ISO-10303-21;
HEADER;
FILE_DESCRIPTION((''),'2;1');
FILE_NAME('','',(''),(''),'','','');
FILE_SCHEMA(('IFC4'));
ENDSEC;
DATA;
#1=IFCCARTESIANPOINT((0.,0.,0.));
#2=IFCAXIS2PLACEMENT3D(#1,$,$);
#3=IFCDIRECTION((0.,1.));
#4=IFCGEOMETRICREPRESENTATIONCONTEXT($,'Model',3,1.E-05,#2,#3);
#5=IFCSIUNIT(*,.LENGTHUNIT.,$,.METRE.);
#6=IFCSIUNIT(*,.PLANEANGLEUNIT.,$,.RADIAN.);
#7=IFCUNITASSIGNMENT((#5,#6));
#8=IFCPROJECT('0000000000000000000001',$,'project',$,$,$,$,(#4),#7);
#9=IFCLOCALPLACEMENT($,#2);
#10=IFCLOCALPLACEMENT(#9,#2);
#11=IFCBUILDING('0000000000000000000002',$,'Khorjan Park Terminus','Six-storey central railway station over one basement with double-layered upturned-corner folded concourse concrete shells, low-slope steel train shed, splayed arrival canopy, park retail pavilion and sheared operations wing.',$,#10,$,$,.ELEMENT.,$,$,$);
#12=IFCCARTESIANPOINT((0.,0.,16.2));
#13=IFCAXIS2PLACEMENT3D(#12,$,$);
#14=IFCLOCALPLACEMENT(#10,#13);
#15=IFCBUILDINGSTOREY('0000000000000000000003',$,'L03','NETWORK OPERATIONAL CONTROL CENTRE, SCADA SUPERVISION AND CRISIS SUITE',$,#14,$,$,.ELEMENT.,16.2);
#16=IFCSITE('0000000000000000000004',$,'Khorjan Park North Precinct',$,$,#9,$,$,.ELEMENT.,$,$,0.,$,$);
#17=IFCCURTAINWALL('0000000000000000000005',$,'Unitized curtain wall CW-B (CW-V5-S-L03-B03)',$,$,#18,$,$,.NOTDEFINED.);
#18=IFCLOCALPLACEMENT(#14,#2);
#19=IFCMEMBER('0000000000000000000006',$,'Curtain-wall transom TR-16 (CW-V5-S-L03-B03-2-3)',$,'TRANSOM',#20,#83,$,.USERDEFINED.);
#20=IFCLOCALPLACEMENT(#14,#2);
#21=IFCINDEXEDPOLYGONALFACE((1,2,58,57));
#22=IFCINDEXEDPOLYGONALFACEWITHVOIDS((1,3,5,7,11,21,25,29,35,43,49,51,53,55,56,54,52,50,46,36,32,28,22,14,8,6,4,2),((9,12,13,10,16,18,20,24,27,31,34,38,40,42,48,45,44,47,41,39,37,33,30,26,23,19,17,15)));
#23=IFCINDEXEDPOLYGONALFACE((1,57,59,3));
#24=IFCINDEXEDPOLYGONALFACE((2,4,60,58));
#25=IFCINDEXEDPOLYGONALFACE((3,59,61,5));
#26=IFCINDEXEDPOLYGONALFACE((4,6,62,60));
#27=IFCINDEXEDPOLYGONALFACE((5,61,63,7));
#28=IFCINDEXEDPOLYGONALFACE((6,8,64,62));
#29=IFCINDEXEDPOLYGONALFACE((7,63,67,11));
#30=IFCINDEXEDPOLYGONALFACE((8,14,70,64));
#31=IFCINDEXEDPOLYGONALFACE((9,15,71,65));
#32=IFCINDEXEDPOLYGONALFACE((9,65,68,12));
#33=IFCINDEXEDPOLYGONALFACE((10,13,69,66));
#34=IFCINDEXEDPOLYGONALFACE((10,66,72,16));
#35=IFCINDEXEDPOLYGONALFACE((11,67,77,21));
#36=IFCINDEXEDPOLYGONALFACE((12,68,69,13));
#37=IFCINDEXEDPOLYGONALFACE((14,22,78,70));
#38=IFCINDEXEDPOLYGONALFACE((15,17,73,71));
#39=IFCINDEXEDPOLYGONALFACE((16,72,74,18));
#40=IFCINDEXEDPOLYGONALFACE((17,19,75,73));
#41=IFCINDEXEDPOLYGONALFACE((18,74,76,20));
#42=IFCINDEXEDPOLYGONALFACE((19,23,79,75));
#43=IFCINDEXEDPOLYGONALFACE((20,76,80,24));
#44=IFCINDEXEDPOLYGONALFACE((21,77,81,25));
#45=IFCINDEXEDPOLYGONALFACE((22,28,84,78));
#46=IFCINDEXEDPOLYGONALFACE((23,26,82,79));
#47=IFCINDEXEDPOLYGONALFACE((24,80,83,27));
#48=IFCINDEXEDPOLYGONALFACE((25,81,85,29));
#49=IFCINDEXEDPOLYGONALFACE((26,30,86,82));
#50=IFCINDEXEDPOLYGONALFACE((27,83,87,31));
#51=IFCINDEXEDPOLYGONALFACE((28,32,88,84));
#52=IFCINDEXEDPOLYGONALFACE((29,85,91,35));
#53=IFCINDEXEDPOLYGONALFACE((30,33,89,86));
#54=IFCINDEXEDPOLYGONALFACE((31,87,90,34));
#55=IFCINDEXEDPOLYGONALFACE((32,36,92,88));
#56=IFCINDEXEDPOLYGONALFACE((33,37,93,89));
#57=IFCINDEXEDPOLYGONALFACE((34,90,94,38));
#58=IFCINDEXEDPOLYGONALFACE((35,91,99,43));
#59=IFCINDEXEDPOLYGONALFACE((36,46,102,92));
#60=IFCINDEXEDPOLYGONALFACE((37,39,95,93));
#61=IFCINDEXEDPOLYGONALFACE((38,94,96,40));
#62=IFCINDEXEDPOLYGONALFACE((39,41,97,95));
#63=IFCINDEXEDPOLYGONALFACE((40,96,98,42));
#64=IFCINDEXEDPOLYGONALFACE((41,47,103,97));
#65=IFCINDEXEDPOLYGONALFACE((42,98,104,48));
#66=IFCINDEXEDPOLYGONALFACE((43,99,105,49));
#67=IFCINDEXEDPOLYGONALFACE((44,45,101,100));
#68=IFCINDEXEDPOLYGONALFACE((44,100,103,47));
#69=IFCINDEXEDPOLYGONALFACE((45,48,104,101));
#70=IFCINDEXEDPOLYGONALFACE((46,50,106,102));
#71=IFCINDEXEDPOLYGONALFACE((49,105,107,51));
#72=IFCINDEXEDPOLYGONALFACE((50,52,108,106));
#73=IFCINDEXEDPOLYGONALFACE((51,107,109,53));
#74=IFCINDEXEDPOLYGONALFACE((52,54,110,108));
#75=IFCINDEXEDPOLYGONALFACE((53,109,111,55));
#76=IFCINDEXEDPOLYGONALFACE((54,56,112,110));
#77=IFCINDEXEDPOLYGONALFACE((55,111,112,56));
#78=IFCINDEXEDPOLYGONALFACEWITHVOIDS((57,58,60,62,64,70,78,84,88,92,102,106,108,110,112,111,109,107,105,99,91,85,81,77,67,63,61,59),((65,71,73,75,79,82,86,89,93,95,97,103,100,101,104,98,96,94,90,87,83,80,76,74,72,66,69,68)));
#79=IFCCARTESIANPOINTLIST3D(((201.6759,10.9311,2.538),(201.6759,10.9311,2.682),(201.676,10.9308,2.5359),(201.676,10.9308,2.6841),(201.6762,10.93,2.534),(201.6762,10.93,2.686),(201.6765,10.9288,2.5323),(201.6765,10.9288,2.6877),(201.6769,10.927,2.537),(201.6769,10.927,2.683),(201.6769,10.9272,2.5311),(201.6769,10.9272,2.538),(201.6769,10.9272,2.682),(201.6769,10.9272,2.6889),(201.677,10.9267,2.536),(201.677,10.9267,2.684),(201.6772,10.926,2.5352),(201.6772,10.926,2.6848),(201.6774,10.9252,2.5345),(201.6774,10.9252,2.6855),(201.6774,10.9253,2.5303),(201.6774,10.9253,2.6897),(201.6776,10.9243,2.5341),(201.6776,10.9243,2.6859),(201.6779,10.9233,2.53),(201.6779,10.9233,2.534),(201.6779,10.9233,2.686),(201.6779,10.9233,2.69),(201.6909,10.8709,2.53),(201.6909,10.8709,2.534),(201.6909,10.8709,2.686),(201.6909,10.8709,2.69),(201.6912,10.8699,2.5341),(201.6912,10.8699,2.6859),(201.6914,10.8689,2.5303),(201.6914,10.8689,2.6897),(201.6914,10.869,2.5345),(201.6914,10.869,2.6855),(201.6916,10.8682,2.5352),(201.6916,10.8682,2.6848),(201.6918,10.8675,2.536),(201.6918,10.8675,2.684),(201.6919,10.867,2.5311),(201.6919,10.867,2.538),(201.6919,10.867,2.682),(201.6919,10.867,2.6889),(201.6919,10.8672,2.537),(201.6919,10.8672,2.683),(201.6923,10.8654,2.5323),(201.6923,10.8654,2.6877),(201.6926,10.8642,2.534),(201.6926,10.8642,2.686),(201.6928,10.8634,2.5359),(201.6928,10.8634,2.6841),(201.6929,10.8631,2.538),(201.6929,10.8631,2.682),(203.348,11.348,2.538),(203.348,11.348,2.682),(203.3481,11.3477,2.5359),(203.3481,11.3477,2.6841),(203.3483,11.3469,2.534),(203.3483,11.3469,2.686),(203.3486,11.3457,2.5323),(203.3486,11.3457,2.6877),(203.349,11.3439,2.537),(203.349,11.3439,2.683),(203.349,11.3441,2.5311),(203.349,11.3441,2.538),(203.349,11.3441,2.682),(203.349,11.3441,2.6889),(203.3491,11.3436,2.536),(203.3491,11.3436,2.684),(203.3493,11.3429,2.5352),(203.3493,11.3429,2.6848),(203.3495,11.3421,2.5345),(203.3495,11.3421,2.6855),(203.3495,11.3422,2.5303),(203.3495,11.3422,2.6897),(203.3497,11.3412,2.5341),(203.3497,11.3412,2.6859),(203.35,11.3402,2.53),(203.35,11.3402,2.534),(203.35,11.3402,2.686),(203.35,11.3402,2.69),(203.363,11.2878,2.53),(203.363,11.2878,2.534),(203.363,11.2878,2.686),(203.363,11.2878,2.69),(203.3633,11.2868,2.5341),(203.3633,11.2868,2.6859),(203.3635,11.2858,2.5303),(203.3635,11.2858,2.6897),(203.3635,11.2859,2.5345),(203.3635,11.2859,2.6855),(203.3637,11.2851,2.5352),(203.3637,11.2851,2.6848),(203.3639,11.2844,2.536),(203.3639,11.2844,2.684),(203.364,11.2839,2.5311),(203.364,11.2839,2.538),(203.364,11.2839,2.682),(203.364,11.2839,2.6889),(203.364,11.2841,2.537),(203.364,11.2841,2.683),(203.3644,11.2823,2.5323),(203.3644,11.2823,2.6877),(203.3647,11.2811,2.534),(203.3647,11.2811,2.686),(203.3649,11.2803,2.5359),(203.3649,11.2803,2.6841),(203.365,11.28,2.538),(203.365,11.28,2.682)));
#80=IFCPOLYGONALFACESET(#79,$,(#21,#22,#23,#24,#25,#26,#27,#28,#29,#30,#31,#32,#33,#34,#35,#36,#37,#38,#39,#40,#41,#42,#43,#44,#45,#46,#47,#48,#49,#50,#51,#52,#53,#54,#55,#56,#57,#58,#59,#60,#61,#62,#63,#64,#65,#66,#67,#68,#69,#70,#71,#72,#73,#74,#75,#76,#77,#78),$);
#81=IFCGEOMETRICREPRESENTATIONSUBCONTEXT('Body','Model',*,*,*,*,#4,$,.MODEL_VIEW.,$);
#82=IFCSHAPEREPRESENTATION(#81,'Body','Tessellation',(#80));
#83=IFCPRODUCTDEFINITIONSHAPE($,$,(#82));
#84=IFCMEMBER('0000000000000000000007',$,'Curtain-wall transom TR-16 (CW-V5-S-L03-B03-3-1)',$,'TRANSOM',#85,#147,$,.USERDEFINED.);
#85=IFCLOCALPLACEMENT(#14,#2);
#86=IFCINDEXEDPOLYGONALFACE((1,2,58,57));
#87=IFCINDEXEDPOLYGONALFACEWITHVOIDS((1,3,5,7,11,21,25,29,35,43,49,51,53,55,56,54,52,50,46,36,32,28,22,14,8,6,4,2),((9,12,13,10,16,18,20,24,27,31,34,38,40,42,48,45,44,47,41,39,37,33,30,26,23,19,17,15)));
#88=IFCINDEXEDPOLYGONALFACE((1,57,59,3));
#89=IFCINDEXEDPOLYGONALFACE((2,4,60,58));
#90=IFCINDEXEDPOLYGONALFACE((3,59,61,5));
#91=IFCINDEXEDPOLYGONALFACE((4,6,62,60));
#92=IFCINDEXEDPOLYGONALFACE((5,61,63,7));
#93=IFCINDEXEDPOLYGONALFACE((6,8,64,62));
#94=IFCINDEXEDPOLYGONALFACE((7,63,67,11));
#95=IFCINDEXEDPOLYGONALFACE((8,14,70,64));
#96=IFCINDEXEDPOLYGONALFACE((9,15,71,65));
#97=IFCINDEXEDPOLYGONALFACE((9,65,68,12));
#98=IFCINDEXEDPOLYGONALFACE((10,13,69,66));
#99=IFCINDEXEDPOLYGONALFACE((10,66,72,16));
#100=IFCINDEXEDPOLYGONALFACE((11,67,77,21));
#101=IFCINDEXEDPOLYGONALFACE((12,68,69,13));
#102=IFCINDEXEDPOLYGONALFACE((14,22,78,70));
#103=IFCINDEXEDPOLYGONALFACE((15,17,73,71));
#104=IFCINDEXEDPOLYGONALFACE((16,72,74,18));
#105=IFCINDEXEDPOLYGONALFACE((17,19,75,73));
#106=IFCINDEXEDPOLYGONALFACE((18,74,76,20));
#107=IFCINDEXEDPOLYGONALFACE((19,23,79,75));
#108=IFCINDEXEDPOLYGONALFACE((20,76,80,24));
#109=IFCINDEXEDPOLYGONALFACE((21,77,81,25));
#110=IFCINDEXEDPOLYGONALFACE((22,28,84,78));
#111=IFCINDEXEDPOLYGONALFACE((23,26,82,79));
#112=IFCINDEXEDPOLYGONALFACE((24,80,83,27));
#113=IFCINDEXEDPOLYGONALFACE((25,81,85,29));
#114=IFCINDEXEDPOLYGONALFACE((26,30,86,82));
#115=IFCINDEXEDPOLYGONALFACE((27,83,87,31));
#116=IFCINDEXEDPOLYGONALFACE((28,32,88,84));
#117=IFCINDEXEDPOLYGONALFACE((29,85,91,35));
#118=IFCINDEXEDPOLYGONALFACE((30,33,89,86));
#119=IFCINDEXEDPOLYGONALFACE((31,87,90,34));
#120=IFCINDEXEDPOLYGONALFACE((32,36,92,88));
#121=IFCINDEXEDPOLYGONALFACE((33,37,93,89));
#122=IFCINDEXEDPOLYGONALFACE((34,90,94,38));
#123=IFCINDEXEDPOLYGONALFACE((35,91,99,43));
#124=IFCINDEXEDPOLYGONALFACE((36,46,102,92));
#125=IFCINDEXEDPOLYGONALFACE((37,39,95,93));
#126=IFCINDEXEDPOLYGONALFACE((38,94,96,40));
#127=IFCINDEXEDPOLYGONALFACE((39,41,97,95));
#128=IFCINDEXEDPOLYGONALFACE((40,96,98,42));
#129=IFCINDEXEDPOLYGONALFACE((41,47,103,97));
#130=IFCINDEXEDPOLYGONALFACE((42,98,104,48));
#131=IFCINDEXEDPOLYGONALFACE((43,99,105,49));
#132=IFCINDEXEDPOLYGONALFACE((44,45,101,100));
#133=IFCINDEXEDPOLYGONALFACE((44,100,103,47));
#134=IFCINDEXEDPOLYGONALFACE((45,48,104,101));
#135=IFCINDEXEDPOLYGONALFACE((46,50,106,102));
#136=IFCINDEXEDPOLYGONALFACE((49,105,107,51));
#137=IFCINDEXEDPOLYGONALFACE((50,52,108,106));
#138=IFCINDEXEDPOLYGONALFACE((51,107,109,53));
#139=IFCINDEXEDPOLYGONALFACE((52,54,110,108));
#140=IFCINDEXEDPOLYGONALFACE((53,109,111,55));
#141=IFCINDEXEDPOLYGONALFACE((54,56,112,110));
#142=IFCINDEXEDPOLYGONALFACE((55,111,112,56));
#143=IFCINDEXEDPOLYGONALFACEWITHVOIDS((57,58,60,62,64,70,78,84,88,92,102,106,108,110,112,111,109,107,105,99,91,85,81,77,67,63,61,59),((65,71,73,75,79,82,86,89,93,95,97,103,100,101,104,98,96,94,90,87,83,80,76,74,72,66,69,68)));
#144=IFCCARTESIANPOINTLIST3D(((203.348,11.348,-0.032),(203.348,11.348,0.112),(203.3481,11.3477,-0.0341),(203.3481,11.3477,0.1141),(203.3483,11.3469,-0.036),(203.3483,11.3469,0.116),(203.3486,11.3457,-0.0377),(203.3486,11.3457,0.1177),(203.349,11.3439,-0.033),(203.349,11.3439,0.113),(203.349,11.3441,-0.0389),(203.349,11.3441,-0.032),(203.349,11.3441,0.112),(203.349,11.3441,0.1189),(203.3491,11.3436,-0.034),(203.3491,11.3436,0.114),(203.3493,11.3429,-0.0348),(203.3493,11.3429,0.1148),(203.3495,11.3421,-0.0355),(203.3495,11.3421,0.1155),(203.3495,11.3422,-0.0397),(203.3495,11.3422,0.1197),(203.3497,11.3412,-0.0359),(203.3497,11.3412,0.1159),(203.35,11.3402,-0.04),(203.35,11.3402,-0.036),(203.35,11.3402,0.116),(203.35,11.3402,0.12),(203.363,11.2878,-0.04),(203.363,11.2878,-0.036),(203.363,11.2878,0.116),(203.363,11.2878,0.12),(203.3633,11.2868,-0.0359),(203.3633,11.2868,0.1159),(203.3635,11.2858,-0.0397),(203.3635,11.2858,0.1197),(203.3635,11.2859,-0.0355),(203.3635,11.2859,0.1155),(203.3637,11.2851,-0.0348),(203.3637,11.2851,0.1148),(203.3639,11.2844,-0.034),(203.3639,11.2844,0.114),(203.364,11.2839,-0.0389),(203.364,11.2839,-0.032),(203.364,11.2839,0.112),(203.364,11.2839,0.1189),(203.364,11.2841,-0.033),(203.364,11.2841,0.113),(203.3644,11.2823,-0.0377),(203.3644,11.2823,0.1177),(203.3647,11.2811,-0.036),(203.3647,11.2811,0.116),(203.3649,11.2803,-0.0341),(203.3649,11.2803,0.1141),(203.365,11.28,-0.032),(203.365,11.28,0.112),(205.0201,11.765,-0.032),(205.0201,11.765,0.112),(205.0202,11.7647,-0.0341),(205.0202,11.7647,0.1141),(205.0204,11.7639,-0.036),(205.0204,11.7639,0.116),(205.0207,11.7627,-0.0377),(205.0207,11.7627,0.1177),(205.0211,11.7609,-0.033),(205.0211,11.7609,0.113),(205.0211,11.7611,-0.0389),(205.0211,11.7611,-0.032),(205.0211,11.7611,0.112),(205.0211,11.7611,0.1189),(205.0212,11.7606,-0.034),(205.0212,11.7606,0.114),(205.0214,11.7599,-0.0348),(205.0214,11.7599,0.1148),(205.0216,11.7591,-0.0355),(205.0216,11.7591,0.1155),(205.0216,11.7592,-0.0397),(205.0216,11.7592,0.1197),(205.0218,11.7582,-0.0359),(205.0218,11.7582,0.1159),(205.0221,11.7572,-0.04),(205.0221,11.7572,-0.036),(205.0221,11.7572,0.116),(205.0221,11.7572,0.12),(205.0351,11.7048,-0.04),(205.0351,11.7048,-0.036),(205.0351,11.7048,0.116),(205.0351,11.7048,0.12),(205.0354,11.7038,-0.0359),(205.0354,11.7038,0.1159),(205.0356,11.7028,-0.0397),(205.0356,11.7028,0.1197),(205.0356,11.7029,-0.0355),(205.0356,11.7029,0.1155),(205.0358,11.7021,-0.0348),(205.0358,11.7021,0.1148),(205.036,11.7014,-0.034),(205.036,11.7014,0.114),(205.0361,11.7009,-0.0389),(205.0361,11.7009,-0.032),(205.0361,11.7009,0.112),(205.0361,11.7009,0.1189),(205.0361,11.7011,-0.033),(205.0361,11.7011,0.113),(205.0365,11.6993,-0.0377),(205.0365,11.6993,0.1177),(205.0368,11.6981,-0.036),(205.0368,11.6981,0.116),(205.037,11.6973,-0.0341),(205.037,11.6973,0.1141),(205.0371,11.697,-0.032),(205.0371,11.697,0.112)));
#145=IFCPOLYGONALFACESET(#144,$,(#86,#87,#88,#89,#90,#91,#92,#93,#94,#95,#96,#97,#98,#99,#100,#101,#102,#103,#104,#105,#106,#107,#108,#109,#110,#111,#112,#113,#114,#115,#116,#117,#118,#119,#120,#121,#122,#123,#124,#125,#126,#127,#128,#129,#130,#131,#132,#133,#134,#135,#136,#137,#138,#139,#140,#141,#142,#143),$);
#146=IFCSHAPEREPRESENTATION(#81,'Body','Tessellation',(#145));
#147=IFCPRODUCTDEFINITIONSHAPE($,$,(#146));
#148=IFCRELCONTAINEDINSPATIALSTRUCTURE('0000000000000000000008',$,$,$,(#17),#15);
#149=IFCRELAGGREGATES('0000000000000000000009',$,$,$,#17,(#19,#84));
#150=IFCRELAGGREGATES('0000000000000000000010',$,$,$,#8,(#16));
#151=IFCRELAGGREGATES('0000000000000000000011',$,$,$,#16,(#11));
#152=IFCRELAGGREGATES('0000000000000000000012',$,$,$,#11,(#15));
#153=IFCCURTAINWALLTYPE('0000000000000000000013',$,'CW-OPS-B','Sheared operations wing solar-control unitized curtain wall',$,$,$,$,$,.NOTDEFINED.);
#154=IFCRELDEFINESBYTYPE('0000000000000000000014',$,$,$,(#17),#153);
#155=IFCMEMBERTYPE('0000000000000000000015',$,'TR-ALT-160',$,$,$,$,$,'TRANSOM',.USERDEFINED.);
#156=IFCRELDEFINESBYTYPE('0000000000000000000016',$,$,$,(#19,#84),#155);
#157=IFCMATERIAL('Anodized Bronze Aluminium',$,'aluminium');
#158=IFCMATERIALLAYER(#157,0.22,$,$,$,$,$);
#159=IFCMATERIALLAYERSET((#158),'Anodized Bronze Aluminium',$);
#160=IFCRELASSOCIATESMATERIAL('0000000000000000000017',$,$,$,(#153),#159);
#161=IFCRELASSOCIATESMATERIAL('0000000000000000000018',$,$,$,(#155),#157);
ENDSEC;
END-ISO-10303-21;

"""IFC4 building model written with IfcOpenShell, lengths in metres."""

from ifc_helpers import new_model, si_unit, direction, frame, origin, origin_2d, place, context, subcontext, project, spatial, hollow_rectangle, extrude, material, layer, layer_set, material_profile, profile_set, type_object, element, aggregate, save


model = new_model("IFC4")

# Units and contexts
model_context = context("Model", 3, precision=1e-05, world=origin(), true_north=direction((0.0, 1.0)))
body_context = subcontext(model_context, "Body", "Model", "MODEL_VIEW")
ifc_project = project(units=[si_unit("LENGTHUNIT", "METRE"), si_unit("PLANEANGLEUNIT", "RADIAN")], contexts=[model_context])

# Site, building, storey
site_placement = place(None, origin())
site = spatial("IfcSite", under=ifc_project, at=site_placement, Name="Khorjan Park North Precinct", CompositionType="ELEMENT", RefElevation=0.0)
building_placement = place(site_placement, origin())
building = spatial("IfcBuilding", under=site, at=building_placement, Name="Khorjan Park Terminus", Description="Six-storey central railway station over one basement with double-layered upturned-corner folded concourse concrete shells, low-slope steel train shed, splayed arrival canopy, park retail pavilion and sheared operations wing.", CompositionType="ELEMENT")
storey_placement = place(building_placement, frame((0.0, 0.0, 16.2)))
storey = spatial("IfcBuildingStorey", under=building, at=storey_placement, Name="L03", Description="NETWORK OPERATIONAL CONTROL CENTRE, SCADA SUPERVISION AND CRISIS SUITE", CompositionType="ELEMENT", Elevation=16.2)

# Curtain wall, members
ifc_material_1 = material(Name="Anodized Bronze Aluminium", Category="aluminium")
ifc_layer_1 = layer(ifc_material_1, 0.22)
ifc_layer_set_1 = layer_set([ifc_layer_1], Name="Anodized Bronze Aluminium")
curtain_wall_type = type_object("IfcCurtainWallType", Name="CW-OPS-B", Description="Sheared operations wing solar-control unitized curtain wall", PredefinedType="NOTDEFINED", material=ifc_layer_set_1)
curtain_wall_placement = place(storey_placement, origin())
curtain_wall = element("IfcCurtainWall", 1, at=curtain_wall_placement, inside=storey, type_object=curtain_wall_type, Name="Unitized curtain wall CW-B (CW-V5-S-L03-B03)", PredefinedType="NOTDEFINED")
ifc_material_profile_1 = material_profile(ifc_material_1, hollow_rectangle(XDim=0.07, YDim=0.16, WallThickness=0.004, InnerFilletRadius=0.004, OuterFilletRadius=0.008, at=origin_2d()), Name="ALT 70x160x4")
ifc_profile_set_1 = profile_set([ifc_material_profile_1], Name="Anodized Bronze Aluminium")
member_type_1 = type_object("IfcMemberType", Name="TR-ALT-160", ElementType="TRANSOM", PredefinedType="USERDEFINED", material=ifc_profile_set_1)
member_1_placement = place(storey_placement, frame((201.6844, 10.8971, 2.61), z_axis=(0.970296, 0.241921, 0.0), x_axis=(-0.241921, 0.970296, 0.0)))
member_1 = element("IfcMember", 2, at=member_1_placement, type_object=member_type_1, Name="Curtain-wall transom TR-16 (CW-V5-S-L03-B03-2-3)", ObjectType="TRANSOM", PredefinedType="USERDEFINED", context=body_context, shape_type="SweptSolid", body=[
    extrude(hollow_rectangle(XDim=0.07, YDim=0.16, WallThickness=0.004, InnerFilletRadius=0.004, OuterFilletRadius=0.008, at=origin_2d()), origin(), (0.0, 0.0, 1.0), 1.7233),
])
member_2_placement = place(storey_placement, frame((203.3565, 11.314, 0.04), z_axis=(0.970282, 0.241976, 0.0), x_axis=(-0.241976, 0.970282, 0.0)))
member_2 = element("IfcMember", 3, at=member_2_placement, type_object=member_type_1, Name="Curtain-wall transom TR-16 (CW-V5-S-L03-B03-3-1)", ObjectType="TRANSOM", PredefinedType="USERDEFINED", context=body_context, shape_type="SweptSolid", body=[
    extrude(hollow_rectangle(XDim=0.07, YDim=0.16, WallThickness=0.004, InnerFilletRadius=0.004, OuterFilletRadius=0.008, at=origin_2d()), origin(), (0.0, 0.0, 1.0), 1.7233),
])
aggregate(curtain_wall, [member_1, member_2])

save(model, "model.ifc")
